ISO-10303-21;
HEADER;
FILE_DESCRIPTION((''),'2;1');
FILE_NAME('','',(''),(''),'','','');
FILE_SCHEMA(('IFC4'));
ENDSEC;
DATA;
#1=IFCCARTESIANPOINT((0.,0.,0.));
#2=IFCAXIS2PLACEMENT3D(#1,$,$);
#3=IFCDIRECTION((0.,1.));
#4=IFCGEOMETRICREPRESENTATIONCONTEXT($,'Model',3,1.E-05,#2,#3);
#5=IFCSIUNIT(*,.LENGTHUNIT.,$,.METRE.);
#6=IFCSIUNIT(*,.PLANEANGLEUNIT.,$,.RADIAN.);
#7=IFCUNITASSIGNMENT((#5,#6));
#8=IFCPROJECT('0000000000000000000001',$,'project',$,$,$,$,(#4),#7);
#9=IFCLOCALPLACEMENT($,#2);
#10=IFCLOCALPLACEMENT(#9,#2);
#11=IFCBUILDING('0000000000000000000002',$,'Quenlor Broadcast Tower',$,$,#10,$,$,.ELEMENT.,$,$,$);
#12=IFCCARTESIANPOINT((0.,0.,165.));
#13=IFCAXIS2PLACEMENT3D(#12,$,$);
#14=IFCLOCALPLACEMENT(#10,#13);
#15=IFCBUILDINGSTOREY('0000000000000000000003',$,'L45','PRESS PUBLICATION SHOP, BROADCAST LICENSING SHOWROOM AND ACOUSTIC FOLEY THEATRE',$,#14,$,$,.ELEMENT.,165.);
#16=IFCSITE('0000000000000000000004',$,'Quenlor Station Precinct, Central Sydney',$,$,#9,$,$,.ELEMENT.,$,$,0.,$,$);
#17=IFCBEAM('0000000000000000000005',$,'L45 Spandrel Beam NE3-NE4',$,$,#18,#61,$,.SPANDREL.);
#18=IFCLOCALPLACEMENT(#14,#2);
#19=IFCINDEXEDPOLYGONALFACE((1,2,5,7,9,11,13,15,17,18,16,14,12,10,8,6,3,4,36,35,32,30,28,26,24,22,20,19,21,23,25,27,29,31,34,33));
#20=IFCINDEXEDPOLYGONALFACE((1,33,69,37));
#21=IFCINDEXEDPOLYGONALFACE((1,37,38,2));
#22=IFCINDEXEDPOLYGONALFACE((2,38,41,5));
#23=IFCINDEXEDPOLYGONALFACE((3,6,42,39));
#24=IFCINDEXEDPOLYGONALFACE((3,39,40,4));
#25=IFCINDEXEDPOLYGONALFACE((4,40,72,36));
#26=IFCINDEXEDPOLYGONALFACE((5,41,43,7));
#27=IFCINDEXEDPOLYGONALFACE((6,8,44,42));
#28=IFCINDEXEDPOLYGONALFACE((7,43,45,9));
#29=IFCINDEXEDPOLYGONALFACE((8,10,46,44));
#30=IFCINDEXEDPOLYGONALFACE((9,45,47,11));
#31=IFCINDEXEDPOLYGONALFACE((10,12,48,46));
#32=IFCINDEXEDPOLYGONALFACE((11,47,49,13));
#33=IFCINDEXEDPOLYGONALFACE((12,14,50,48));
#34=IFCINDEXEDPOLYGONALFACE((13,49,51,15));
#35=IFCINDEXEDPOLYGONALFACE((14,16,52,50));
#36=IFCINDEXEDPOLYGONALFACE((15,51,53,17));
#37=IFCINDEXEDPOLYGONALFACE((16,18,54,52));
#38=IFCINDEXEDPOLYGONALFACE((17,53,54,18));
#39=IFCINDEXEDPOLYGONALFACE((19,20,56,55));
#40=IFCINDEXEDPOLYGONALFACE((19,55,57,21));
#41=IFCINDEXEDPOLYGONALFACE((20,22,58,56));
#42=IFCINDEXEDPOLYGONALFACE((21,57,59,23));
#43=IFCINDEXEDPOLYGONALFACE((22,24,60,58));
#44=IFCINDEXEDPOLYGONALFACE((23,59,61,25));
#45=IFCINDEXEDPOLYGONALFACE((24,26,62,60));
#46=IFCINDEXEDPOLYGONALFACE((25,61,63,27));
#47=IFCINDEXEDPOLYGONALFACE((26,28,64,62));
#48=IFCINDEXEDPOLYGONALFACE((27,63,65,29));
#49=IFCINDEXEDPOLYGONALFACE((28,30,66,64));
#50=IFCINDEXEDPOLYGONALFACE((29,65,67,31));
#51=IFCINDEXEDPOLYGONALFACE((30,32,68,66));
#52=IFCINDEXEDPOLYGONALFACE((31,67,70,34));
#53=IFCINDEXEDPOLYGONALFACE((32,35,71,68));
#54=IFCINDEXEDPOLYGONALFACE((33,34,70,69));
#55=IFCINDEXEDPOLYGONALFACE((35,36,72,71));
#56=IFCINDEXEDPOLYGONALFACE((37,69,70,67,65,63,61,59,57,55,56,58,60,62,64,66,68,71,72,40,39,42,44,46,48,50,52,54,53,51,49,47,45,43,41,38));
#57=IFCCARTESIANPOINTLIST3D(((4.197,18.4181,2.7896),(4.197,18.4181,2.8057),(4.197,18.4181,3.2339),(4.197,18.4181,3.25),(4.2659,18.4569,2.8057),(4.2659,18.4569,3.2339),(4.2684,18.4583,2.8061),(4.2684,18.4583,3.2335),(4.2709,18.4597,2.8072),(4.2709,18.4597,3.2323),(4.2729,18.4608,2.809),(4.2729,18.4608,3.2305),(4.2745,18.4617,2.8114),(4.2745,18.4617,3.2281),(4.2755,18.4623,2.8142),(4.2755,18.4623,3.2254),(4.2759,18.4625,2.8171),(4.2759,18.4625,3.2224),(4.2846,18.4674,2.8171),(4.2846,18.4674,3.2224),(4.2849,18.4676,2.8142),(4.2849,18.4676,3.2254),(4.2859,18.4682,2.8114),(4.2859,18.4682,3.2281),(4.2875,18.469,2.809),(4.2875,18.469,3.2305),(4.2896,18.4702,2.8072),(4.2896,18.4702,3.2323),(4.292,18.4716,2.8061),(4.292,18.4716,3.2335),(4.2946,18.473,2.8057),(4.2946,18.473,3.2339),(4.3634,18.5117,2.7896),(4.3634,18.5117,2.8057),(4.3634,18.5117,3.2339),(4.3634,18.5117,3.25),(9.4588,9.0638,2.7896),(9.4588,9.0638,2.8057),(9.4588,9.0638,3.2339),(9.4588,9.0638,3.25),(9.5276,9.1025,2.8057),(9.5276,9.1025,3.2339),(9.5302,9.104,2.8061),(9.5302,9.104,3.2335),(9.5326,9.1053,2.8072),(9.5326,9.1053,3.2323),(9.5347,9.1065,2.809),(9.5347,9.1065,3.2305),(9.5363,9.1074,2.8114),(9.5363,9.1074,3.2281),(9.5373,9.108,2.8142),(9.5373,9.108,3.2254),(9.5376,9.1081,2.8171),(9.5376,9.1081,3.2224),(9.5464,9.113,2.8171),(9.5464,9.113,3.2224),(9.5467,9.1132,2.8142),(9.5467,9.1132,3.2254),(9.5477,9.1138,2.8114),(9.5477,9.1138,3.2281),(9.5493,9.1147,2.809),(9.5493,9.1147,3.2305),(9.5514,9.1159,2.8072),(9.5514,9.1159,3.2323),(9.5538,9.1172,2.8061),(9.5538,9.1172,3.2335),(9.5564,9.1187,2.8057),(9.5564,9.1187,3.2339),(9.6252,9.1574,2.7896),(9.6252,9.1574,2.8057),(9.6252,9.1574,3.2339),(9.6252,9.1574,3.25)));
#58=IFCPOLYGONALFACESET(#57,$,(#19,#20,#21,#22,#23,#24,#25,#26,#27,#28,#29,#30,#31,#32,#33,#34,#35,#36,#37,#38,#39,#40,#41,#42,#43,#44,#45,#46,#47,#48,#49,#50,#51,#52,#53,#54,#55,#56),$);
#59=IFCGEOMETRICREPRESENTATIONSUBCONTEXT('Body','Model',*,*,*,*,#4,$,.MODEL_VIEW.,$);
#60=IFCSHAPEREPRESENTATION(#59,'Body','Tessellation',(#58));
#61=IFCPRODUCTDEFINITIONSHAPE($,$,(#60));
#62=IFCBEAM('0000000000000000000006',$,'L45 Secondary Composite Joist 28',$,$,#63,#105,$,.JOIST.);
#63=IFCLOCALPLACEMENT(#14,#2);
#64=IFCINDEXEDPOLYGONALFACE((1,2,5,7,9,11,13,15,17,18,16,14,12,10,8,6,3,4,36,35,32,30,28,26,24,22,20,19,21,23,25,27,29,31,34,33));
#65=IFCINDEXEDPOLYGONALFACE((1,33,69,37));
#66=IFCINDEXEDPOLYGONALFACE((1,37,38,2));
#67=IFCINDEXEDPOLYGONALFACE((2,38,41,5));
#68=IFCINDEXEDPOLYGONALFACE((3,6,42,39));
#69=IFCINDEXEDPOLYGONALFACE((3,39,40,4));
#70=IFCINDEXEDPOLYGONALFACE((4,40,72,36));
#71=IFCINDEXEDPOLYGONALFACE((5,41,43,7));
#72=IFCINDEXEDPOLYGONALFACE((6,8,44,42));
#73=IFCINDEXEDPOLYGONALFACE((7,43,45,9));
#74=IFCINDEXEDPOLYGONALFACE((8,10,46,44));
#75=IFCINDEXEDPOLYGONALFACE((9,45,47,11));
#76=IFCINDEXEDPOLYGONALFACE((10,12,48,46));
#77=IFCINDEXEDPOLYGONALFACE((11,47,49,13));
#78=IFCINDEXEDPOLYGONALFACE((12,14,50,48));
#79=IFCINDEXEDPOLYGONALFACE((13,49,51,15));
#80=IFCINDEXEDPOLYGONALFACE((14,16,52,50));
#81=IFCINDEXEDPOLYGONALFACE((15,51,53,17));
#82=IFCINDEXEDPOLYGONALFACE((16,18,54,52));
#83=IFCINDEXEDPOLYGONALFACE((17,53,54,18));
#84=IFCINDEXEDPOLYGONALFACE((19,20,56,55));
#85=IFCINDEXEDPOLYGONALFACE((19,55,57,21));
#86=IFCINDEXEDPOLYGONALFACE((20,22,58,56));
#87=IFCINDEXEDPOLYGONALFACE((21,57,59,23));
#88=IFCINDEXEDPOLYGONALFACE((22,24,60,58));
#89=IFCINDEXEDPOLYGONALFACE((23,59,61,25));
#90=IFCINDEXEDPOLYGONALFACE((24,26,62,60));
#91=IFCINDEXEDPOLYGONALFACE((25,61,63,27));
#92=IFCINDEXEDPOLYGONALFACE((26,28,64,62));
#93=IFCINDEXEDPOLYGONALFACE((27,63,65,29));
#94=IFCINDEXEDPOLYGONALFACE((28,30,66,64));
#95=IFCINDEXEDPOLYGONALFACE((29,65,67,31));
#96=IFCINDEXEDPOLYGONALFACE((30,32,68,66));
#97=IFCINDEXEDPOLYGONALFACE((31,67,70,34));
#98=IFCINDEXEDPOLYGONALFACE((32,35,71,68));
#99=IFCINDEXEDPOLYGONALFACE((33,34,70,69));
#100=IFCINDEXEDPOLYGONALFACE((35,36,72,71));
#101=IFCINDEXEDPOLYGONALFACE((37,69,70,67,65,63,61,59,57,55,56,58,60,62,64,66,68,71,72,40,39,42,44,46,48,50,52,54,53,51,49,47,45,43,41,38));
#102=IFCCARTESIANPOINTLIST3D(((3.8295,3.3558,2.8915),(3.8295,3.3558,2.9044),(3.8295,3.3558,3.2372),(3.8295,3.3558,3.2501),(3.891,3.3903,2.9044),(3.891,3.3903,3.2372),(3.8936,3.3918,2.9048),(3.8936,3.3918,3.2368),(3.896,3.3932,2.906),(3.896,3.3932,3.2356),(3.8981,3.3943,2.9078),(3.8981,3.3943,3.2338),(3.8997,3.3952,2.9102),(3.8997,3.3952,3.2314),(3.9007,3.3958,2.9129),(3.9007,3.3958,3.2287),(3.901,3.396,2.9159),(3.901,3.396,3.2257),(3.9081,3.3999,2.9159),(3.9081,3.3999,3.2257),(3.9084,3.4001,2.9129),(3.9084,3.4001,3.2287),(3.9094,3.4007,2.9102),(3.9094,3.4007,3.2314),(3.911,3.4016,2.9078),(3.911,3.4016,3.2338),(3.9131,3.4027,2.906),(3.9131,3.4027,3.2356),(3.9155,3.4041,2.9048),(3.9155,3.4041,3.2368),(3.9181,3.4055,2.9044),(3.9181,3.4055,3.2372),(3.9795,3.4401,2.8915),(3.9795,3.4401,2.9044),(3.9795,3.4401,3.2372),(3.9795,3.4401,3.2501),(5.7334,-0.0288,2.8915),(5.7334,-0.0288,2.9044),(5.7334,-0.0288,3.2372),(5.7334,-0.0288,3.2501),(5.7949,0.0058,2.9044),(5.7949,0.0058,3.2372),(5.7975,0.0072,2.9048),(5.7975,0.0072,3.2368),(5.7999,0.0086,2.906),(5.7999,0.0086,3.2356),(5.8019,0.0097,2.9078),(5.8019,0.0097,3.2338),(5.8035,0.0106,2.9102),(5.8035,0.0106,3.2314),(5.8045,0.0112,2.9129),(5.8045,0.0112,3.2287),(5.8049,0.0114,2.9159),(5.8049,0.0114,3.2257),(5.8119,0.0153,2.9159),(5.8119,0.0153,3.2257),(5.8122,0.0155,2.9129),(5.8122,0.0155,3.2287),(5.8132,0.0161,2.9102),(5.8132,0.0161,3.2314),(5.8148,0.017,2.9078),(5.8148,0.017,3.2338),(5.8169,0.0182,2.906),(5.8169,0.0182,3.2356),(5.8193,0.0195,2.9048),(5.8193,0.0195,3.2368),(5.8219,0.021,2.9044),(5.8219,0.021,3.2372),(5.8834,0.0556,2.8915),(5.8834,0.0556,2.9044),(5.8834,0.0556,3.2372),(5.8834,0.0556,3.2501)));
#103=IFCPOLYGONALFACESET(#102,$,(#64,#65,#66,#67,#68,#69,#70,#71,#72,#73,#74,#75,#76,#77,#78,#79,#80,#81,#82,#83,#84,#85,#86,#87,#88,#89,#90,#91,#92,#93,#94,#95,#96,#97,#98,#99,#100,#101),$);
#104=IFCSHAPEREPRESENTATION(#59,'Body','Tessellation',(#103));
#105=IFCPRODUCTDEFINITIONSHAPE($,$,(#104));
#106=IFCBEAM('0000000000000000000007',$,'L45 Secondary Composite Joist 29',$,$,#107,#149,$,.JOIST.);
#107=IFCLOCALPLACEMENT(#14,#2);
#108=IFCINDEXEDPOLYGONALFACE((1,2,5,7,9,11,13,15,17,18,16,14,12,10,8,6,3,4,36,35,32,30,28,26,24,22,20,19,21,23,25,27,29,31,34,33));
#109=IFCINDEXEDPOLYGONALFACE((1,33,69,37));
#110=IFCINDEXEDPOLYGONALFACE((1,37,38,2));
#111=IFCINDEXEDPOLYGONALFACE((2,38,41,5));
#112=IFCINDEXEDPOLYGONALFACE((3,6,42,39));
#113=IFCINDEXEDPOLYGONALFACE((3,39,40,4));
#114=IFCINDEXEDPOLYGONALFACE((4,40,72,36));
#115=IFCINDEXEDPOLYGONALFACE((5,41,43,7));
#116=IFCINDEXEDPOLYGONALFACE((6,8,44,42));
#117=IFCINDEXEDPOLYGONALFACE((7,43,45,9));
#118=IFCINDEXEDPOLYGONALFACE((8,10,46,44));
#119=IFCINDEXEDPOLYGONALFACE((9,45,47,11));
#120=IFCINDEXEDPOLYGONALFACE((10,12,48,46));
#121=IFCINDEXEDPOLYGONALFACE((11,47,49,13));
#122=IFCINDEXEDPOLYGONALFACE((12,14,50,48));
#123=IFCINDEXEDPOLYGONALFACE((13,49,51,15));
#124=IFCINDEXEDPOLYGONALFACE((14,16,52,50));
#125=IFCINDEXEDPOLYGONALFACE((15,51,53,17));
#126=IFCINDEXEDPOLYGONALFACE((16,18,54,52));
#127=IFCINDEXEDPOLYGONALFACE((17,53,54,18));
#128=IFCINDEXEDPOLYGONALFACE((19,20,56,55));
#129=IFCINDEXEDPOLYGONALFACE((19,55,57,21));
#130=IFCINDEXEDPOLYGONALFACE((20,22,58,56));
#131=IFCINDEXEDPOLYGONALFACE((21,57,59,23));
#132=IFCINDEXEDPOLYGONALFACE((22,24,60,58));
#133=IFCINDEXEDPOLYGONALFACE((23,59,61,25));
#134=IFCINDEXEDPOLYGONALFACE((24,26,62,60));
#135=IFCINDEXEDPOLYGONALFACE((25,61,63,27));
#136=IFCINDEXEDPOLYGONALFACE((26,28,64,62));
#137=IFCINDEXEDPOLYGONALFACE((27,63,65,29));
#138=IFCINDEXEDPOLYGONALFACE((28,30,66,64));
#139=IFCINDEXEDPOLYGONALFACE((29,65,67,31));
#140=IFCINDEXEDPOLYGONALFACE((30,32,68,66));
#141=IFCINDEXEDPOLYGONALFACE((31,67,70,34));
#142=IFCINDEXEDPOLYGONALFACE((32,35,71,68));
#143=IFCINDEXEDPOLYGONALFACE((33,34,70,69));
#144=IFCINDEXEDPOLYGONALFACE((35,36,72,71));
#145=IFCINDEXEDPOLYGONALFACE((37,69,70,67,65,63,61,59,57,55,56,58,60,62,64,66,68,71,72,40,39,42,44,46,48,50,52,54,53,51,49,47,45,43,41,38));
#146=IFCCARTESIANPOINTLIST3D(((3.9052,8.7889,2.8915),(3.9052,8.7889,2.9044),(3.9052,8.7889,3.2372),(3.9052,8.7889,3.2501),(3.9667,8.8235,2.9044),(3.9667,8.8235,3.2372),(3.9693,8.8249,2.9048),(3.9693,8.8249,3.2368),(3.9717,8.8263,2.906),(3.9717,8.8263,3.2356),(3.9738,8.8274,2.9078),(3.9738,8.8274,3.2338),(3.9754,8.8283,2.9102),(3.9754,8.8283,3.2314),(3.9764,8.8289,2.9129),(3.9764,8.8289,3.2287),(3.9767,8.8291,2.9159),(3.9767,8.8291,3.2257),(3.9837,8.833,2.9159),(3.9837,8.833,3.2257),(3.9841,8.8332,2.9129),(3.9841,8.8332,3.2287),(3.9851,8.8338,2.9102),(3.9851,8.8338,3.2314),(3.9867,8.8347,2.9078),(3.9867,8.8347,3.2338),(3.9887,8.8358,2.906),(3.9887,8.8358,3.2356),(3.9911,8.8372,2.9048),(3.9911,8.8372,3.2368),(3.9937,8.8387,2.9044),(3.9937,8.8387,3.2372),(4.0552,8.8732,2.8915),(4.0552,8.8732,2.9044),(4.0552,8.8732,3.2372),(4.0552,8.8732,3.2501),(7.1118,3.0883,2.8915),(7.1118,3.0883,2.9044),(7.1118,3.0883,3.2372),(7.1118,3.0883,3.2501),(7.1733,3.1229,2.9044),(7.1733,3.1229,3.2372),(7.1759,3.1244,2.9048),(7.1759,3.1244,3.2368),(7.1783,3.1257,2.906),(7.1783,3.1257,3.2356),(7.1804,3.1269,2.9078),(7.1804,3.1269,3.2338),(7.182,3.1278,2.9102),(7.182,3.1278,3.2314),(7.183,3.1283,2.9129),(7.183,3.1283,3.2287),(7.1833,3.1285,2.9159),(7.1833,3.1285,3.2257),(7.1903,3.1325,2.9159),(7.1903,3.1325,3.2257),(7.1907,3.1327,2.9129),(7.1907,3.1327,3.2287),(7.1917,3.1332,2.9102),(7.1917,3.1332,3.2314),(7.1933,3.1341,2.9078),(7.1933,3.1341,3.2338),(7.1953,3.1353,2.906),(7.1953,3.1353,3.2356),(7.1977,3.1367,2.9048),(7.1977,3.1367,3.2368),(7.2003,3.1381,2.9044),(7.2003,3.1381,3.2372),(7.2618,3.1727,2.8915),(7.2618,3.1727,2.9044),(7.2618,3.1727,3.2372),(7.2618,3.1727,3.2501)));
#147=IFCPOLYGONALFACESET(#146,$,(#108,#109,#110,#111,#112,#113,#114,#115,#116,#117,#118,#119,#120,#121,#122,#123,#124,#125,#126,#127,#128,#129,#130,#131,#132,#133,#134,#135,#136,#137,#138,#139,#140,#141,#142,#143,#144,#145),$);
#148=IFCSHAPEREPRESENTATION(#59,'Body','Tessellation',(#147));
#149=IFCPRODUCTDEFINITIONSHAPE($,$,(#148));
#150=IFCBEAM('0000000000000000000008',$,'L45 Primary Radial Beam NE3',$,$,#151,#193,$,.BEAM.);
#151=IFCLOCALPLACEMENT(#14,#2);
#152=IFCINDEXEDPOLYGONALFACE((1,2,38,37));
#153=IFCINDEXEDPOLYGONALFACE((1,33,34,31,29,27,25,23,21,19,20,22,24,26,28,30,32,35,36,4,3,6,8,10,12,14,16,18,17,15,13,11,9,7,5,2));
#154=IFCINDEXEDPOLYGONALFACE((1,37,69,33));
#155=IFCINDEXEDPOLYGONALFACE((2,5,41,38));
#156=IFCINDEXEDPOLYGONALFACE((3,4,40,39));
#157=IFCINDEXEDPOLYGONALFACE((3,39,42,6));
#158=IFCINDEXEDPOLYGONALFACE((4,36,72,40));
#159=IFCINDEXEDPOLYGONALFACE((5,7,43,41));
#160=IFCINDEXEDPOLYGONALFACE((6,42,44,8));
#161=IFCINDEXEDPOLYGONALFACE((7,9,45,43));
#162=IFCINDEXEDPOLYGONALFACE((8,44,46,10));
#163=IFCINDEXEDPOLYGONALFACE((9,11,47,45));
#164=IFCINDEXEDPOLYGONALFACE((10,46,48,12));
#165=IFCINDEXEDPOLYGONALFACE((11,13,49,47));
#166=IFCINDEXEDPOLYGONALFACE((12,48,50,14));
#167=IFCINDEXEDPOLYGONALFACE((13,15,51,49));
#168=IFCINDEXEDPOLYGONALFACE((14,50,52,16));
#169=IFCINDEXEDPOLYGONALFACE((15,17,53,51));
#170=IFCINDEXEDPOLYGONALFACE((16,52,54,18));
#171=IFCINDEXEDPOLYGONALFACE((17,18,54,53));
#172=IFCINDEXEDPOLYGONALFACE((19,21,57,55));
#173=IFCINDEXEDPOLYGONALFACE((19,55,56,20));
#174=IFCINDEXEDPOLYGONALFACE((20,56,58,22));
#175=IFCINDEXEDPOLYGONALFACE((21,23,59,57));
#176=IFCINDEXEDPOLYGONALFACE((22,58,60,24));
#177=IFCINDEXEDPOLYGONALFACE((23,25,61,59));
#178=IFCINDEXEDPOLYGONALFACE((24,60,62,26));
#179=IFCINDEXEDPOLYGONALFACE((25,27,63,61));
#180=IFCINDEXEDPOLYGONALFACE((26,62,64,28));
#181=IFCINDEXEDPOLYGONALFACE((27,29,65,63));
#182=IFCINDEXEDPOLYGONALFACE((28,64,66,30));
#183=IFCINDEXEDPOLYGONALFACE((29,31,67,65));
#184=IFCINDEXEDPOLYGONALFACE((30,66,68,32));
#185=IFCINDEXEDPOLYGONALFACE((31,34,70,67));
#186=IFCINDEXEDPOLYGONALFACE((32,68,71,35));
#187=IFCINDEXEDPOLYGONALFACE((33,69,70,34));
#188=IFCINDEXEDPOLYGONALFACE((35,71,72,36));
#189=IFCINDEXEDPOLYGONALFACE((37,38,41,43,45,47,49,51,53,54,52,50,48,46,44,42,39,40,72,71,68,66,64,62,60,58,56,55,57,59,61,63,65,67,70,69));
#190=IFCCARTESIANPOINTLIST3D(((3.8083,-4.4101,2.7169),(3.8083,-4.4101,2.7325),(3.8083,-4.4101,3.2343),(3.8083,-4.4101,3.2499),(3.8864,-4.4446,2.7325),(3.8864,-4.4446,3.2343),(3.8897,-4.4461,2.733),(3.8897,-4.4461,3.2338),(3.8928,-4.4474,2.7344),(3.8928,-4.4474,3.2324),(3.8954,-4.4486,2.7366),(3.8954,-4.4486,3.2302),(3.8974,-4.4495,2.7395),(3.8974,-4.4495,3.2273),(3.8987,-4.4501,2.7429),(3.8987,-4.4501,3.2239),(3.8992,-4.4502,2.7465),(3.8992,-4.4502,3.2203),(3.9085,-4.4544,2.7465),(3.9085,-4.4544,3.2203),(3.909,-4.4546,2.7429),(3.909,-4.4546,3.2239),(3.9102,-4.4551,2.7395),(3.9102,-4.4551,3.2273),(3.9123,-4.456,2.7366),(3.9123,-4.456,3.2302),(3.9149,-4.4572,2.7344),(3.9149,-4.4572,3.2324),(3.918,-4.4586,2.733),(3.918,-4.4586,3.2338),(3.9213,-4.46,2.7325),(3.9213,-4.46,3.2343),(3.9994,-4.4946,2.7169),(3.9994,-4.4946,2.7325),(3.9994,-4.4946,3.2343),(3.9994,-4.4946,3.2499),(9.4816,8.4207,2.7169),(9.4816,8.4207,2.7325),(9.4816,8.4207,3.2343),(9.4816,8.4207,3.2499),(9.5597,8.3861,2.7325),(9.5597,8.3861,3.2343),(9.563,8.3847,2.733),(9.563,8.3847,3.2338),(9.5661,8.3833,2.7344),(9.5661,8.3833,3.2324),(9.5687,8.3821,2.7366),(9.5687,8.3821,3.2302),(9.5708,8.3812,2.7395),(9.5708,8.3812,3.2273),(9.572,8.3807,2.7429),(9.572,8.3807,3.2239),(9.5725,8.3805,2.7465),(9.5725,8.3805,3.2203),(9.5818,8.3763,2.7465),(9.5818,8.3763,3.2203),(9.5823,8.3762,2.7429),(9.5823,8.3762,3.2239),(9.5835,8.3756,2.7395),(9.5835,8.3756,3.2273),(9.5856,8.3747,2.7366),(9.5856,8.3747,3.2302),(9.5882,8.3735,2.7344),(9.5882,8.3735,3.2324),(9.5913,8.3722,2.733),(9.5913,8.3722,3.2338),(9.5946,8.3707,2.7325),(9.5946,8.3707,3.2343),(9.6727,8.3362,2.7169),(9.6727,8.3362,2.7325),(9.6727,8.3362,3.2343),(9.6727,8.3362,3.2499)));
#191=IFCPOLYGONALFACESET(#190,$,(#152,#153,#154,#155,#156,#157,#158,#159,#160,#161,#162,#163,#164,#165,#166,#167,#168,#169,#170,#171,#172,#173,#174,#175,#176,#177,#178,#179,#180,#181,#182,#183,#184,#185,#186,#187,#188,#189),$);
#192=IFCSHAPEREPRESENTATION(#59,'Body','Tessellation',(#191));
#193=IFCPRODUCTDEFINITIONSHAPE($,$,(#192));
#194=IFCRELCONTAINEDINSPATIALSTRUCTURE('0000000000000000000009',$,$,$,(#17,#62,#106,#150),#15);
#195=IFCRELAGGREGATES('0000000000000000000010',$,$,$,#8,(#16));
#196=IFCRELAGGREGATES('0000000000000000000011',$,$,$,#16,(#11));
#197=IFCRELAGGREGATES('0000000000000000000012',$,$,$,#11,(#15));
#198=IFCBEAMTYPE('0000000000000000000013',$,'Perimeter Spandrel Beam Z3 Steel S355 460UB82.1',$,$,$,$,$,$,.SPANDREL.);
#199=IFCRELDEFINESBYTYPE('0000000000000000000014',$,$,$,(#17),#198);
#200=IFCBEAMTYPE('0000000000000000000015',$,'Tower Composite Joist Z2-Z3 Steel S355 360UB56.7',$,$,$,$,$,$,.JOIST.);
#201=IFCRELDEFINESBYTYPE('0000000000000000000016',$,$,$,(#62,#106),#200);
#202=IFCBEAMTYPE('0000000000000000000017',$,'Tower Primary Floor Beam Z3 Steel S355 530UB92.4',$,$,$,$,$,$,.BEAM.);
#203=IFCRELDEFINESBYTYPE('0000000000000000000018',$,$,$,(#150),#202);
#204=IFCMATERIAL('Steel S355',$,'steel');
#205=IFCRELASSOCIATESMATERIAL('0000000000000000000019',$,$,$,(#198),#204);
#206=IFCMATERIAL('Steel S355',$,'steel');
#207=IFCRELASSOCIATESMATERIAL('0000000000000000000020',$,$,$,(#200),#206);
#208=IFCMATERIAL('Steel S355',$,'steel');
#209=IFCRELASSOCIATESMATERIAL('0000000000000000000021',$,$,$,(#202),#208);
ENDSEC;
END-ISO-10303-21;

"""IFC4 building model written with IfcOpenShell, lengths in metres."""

from ifc_helpers import new_model, si_unit, direction, frame, origin, origin_2d, place, context, subcontext, project, spatial, i_section, extrude, material, material_profile, profile_set, type_object, element, save


model = new_model("IFC4")

# Units and contexts
model_context = context("Model", 3, precision=1e-05, world=origin(), true_north=direction((0.0, 1.0)))
body_context = subcontext(model_context, "Body", "Model", "MODEL_VIEW")
ifc_project = project(units=[si_unit("LENGTHUNIT", "METRE"), si_unit("PLANEANGLEUNIT", "RADIAN")], contexts=[model_context])

# Site, building, storey
site_placement = place(None, origin())
site = spatial("IfcSite", under=ifc_project, at=site_placement, Name="Quenlor Station Precinct, Central Sydney", CompositionType="ELEMENT", RefElevation=0.0)
building_placement = place(site_placement, origin())
building = spatial("IfcBuilding", under=site, at=building_placement, Name="Quenlor Broadcast Tower", CompositionType="ELEMENT")
storey_placement = place(building_placement, frame((0.0, 0.0, 165.0)))
storey = spatial("IfcBuildingStorey", under=building, at=storey_placement, Name="L45", Description="PRESS PUBLICATION SHOP, BROADCAST LICENSING SHOWROOM AND ACOUSTIC FOLEY THEATRE", CompositionType="ELEMENT", Elevation=165.0)

# Beams
ifc_material_1 = material(Name="Steel S355", Category="steel")
ifc_material_profile_1 = material_profile(ifc_material_1, i_section(OverallWidth=0.1909, OverallDepth=0.4604, WebThickness=0.01, FlangeThickness=0.0161, FilletRadius=0.0115, at=origin_2d()))
ifc_profile_set_1 = profile_set([ifc_material_profile_1], Name="Steel S355 460UB82.1")
beam_type_1 = type_object("IfcBeamType", Name="Perimeter Spandrel Beam Z3 Steel S355 460UB82.1", PredefinedType="SPANDREL", material=ifc_profile_set_1)
beam_1_placement = place(storey_placement, frame((9.542, 9.1106, 3.0198), z_axis=(-0.490258, 0.871577, 0.0), x_axis=(-0.871577, -0.490258, 0.0)))
element("IfcBeam", 1, at=beam_1_placement, inside=storey, type_object=beam_type_1, Name="L45 Spandrel Beam NE3-NE4", PredefinedType="SPANDREL", context=body_context, shape_type="SweptSolid", body=[
    extrude(i_section(OverallWidth=0.1909, OverallDepth=0.4604, WebThickness=0.01, FlangeThickness=0.0161, FilletRadius=0.0115, at=origin_2d()), origin(), (0.0, 0.0, 1.0), 10.7327),
])
ifc_material_2 = material(Name="Steel S355", Category="steel")
ifc_material_profile_2 = material_profile(ifc_material_2, i_section(OverallWidth=0.1721, OverallDepth=0.3586, WebThickness=0.0081, FlangeThickness=0.0129, FilletRadius=0.0115, at=origin_2d()))
ifc_profile_set_2 = profile_set([ifc_material_profile_2], Name="Steel S355 360UB56.7")
beam_type_2 = type_object("IfcBeamType", Name="Tower Composite Joist Z2-Z3 Steel S355 360UB56.7", PredefinedType="JOIST", material=ifc_profile_set_2)
beam_2_placement = place(storey_placement, frame((3.9045, 3.3979, 3.0708), z_axis=(0.490264, -0.871574, 0.0), x_axis=(0.871574, 0.490264, 0.0)))
element("IfcBeam", 2, at=beam_2_placement, inside=storey, type_object=beam_type_2, Name="L45 Secondary Composite Joist 28", PredefinedType="JOIST", context=body_context, shape_type="SweptSolid", body=[
    extrude(i_section(OverallWidth=0.1721, OverallDepth=0.3586, WebThickness=0.0081, FlangeThickness=0.0129, FilletRadius=0.0115, at=origin_2d()), origin(), (0.0, 0.0, 1.0), 3.8833),
])
beam_3_placement = place(storey_placement, frame((3.9802, 8.8311, 3.0708), z_axis=(0.490267, -0.871573, 0.0), x_axis=(0.871573, 0.490267, 0.0)))
element("IfcBeam", 3, at=beam_3_placement, inside=storey, type_object=beam_type_2, Name="L45 Secondary Composite Joist 29", PredefinedType="JOIST", context=body_context, shape_type="SweptSolid", body=[
    extrude(i_section(OverallWidth=0.1721, OverallDepth=0.3586, WebThickness=0.0081, FlangeThickness=0.0129, FilletRadius=0.0115, at=origin_2d()), origin(), (0.0, 0.0, 1.0), 6.5405),
])
ifc_material_3 = material(Name="Steel S355", Category="steel")
ifc_material_profile_3 = material_profile(ifc_material_3, i_section(OverallWidth=0.209, OverallDepth=0.533, WebThickness=0.0103, FlangeThickness=0.0156, FilletRadius=0.0139, at=origin_2d()))
ifc_profile_set_3 = profile_set([ifc_material_profile_3], Name="Steel S355 530UB92.4")
beam_type_3 = type_object("IfcBeamType", Name="Tower Primary Floor Beam Z3 Steel S355 530UB92.4", PredefinedType="BEAM", material=ifc_profile_set_3)
beam_4_placement = place(storey_placement, frame((9.5771, 8.3784, 2.9834), z_axis=(-0.404397, -0.914583, 0.0), x_axis=(0.914583, -0.404397, 0.0)))
element("IfcBeam", 4, at=beam_4_placement, inside=storey, type_object=beam_type_3, Name="L45 Primary Radial Beam NE3", PredefinedType="BEAM", context=body_context, shape_type="SweptSolid", body=[
    extrude(i_section(OverallWidth=0.209, OverallDepth=0.533, WebThickness=0.0103, FlangeThickness=0.0156, FilletRadius=0.0139, at=origin_2d()), origin(), (0.0, 0.0, 1.0), 14.0291),
])

save(model, "model.ifc")
